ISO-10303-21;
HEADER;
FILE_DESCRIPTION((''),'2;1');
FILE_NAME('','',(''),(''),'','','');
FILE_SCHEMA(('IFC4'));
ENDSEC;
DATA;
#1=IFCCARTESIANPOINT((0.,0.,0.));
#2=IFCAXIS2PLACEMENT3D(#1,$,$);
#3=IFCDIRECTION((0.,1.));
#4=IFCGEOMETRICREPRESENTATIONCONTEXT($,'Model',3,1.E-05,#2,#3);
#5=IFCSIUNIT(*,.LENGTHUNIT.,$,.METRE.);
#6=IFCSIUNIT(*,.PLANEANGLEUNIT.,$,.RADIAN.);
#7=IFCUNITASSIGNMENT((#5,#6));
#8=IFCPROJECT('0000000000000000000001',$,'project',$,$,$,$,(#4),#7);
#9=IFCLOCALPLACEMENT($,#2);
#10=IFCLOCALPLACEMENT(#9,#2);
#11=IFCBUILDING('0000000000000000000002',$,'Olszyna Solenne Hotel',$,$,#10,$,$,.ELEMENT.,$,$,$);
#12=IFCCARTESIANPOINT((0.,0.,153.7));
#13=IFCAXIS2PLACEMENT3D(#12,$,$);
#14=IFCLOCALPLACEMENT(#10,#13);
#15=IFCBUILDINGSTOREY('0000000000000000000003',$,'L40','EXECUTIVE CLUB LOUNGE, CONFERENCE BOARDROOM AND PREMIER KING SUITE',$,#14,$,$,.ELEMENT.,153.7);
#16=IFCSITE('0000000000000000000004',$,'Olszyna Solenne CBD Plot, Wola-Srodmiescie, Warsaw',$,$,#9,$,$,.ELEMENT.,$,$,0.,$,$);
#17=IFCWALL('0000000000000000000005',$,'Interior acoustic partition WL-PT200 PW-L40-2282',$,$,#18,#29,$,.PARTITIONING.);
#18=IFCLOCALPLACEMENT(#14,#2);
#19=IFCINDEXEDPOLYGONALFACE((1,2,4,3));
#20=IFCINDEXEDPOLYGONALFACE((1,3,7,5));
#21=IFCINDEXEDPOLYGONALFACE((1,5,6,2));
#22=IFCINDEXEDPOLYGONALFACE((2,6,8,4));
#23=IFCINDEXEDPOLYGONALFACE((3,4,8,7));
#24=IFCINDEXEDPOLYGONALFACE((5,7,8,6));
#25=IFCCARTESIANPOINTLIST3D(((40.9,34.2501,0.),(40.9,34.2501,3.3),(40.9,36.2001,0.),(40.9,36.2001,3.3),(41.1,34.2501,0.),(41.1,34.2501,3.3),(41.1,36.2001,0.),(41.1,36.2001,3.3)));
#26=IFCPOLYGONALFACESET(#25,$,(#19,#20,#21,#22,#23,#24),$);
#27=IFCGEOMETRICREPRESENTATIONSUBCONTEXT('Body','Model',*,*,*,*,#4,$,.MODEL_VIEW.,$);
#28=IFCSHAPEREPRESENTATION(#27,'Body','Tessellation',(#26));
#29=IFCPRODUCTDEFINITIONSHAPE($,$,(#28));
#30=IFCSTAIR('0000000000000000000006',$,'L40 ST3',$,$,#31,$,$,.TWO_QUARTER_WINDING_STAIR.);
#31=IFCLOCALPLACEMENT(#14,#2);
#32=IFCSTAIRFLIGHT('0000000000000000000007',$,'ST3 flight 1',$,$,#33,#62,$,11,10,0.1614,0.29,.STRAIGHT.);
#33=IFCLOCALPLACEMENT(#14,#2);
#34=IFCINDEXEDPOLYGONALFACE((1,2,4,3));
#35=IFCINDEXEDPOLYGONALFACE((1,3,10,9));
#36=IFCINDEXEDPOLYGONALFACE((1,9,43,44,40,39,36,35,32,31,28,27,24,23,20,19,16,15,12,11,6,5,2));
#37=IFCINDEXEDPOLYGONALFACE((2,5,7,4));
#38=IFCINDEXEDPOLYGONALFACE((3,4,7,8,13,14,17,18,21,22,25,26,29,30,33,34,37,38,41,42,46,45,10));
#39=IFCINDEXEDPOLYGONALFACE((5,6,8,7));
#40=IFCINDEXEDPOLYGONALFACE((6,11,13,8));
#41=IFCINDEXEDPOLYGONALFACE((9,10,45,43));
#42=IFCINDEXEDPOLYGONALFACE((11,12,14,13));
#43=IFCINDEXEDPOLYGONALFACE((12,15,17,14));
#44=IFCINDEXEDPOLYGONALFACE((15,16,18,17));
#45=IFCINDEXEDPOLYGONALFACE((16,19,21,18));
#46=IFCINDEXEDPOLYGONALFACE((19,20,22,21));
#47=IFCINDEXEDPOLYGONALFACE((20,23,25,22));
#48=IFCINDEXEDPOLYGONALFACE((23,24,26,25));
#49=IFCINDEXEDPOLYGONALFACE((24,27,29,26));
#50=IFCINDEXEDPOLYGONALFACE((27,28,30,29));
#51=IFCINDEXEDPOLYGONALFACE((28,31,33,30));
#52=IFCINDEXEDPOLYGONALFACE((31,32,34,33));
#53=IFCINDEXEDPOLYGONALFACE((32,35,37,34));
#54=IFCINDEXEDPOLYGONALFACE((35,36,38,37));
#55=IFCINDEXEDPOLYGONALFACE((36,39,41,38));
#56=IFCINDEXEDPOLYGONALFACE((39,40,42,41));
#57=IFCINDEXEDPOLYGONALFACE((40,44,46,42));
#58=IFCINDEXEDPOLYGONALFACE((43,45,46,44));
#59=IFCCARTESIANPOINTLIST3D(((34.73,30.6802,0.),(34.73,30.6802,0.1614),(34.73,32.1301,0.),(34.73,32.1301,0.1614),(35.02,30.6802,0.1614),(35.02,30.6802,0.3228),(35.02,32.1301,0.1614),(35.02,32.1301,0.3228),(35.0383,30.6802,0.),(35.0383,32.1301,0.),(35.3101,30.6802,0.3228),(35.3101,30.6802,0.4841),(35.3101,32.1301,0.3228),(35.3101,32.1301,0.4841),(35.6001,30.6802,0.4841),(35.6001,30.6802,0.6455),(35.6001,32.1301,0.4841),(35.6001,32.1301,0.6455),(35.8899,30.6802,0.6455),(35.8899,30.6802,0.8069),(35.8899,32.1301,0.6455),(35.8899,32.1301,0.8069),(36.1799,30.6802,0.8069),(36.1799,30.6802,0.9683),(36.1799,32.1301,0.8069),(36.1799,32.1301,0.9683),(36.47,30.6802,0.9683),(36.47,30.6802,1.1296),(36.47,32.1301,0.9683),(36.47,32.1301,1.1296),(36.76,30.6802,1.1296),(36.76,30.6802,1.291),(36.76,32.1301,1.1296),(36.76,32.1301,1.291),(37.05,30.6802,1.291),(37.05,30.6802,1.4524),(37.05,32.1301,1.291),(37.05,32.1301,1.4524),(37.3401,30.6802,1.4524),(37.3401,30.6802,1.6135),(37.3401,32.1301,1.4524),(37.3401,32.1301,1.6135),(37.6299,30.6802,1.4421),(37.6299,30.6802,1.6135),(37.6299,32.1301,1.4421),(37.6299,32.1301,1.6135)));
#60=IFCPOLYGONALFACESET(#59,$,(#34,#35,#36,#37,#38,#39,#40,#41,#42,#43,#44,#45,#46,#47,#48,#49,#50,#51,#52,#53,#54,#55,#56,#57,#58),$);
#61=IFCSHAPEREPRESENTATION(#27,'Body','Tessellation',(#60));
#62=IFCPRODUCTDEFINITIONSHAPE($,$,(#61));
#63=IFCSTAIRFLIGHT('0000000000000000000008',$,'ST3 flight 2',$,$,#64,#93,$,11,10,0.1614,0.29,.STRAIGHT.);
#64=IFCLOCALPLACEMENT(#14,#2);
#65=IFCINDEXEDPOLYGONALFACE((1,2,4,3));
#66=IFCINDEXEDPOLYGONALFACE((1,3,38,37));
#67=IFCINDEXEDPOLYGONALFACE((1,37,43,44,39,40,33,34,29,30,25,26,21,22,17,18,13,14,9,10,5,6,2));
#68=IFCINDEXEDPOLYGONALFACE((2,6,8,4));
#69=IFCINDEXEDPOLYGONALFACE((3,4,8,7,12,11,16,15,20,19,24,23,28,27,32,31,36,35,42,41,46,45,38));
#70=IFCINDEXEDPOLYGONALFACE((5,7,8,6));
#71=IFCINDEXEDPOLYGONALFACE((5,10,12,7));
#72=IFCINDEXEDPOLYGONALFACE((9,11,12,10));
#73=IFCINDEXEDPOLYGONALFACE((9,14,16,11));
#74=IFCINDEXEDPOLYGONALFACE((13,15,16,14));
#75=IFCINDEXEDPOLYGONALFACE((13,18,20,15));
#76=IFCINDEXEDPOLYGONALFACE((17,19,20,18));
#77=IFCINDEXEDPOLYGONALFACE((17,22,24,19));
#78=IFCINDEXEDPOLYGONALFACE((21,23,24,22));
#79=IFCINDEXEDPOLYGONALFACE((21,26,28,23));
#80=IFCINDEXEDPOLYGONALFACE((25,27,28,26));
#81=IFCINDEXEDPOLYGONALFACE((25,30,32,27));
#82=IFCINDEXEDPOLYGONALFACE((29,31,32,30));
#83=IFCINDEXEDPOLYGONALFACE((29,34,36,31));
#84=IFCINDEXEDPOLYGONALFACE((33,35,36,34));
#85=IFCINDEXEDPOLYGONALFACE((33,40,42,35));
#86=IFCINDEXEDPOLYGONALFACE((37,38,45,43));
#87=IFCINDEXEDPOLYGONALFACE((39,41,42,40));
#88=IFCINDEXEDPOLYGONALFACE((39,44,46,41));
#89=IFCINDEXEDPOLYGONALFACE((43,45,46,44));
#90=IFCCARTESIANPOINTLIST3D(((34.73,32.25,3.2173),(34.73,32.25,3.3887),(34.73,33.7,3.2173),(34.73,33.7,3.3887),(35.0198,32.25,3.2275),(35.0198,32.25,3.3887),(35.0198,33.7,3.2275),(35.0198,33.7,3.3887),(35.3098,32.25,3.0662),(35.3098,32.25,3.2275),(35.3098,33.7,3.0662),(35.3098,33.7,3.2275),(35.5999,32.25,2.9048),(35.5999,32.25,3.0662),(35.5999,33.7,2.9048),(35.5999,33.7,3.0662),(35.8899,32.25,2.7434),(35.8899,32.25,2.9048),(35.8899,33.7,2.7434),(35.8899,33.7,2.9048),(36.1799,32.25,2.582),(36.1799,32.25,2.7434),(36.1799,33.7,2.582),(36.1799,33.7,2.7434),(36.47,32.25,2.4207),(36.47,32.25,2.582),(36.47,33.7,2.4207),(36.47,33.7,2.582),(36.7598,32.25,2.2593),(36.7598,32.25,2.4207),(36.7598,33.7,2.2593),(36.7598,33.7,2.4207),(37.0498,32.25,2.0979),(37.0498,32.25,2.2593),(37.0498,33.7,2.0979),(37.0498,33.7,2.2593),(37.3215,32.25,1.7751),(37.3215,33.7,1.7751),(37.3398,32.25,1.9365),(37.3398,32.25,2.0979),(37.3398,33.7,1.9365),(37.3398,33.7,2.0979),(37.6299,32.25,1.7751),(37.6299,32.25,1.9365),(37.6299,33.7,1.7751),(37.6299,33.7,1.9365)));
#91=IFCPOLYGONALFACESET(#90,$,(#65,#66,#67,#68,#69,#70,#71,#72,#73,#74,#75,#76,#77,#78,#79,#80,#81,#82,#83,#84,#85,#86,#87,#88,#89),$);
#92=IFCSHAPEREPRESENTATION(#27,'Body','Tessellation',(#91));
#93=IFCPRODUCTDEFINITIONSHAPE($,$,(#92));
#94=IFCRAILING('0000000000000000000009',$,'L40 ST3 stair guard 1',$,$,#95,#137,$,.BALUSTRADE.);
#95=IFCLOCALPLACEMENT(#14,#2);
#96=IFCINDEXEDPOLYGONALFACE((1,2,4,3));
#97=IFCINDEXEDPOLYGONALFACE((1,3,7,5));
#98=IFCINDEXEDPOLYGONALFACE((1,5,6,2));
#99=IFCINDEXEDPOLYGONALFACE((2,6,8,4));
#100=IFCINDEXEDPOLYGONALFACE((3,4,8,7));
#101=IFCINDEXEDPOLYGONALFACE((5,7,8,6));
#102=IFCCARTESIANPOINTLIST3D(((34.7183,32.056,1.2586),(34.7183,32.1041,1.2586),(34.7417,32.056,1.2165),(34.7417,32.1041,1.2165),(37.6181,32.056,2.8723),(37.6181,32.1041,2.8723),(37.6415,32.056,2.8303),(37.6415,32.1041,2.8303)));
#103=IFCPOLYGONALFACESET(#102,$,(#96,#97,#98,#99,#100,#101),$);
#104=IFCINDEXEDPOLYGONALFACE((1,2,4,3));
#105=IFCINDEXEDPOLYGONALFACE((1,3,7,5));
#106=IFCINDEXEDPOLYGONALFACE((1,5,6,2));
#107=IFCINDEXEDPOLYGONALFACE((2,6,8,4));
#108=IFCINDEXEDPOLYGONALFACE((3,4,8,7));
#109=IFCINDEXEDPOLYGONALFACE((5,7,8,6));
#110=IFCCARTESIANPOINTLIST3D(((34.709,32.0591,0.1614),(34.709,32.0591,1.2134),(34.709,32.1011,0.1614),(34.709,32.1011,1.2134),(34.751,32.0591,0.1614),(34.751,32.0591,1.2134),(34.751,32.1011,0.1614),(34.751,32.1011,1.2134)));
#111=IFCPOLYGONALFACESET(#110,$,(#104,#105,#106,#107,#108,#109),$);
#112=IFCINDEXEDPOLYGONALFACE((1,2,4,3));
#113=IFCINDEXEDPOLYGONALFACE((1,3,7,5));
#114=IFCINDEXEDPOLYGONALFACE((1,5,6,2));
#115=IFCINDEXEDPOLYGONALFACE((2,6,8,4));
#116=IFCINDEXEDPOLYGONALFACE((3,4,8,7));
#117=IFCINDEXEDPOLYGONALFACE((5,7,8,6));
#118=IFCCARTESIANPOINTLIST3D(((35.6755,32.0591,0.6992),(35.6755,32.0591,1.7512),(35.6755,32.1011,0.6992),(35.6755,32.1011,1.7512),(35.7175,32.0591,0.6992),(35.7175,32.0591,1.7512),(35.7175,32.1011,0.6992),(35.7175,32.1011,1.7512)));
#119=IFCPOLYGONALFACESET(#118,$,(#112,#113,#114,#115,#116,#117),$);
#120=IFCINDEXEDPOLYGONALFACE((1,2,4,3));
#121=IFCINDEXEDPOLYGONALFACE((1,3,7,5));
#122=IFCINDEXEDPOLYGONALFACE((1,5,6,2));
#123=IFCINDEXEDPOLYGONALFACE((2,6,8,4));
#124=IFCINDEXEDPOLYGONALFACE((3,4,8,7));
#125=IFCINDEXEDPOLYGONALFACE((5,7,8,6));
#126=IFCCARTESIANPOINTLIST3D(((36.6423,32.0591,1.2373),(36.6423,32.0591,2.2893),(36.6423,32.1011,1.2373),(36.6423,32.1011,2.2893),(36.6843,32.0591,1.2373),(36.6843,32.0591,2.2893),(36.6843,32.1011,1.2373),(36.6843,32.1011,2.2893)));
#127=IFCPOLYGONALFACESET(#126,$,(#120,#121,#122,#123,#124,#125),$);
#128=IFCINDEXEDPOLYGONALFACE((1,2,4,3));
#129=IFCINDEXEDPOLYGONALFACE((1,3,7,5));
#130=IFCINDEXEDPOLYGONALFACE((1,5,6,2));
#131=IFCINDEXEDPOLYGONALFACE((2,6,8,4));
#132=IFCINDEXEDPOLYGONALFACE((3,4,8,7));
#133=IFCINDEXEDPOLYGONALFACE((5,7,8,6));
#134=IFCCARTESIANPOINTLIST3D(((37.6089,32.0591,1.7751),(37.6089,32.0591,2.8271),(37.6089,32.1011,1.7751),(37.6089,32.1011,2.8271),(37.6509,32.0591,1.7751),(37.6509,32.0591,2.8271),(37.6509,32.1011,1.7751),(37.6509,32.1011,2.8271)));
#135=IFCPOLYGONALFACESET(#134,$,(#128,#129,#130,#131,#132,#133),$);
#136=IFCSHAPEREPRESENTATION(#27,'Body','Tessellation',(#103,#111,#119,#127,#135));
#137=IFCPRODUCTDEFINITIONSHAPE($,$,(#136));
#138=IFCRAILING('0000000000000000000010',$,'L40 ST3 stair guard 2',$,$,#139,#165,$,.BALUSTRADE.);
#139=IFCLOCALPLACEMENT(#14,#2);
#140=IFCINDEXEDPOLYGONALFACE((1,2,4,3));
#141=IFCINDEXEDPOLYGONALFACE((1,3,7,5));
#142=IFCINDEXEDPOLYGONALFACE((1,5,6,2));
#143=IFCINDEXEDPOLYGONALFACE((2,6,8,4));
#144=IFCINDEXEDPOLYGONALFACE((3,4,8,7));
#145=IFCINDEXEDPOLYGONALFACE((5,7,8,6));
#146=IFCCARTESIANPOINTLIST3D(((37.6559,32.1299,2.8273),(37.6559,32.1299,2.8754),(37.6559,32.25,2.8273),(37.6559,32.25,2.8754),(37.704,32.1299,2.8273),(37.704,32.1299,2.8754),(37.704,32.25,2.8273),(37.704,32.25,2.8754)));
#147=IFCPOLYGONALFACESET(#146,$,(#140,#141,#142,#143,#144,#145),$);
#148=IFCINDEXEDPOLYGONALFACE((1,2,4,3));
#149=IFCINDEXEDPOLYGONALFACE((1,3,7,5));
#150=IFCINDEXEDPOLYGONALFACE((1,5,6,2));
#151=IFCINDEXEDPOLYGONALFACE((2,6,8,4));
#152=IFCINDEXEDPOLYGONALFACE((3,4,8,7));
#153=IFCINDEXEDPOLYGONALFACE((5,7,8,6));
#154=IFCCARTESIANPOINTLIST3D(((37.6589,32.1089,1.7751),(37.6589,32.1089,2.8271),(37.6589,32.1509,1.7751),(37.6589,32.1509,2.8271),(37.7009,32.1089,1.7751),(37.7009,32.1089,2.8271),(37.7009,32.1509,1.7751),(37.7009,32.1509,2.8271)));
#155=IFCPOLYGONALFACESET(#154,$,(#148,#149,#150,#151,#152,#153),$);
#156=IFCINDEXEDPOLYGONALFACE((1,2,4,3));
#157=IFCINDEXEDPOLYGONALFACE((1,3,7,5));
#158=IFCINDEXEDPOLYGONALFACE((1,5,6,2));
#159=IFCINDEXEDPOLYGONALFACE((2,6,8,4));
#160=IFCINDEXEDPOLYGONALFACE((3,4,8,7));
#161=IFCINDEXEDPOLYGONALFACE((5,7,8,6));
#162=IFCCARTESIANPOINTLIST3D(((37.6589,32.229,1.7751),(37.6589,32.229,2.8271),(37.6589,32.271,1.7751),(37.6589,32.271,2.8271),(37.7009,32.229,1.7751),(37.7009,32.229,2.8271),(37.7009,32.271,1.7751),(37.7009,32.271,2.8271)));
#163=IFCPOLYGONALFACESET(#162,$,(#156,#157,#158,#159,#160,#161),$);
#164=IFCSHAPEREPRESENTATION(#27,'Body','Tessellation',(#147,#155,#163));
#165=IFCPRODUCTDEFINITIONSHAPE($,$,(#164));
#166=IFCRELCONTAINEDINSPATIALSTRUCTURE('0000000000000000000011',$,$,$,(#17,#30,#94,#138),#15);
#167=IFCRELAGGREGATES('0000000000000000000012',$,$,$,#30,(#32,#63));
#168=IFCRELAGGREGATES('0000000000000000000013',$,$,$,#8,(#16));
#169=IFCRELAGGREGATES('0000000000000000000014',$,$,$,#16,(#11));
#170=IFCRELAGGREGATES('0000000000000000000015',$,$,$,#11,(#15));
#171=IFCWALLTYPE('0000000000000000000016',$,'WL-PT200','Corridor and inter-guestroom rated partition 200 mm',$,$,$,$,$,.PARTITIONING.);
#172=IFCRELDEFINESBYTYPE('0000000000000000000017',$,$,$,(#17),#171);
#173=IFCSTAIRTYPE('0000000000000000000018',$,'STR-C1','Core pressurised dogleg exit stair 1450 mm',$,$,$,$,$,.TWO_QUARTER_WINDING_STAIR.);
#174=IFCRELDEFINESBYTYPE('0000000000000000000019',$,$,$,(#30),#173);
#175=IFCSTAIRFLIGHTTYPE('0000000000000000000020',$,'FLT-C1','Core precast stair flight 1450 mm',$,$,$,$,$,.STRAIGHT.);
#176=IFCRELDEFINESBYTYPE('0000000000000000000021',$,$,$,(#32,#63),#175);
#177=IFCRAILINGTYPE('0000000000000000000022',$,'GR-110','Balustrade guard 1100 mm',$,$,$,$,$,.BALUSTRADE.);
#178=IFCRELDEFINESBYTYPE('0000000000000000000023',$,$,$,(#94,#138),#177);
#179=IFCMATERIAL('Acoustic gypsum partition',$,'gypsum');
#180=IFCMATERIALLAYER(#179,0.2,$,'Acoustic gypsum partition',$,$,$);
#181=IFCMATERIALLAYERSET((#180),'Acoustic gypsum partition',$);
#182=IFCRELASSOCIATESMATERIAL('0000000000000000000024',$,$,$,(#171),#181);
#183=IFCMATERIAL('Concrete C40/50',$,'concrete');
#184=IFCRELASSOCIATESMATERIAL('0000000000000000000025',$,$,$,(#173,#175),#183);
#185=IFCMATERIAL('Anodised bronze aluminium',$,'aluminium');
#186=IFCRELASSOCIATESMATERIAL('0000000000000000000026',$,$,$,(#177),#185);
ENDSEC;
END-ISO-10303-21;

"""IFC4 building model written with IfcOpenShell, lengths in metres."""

from ifc_helpers import new_model, si_unit, direction, frame, frame_2d, origin, origin_2d, place, context, subcontext, project, spatial, polyline, rectangle, outline, extrude, material, layer, layer_set, type_object, element, aggregate, save


model = new_model("IFC4")

# Units and contexts
model_context = context("Model", 3, precision=1e-05, world=origin(), true_north=direction((0.0, 1.0)))
body_context = subcontext(model_context, "Body", "Model", "MODEL_VIEW")
ifc_project = project(units=[si_unit("LENGTHUNIT", "METRE"), si_unit("PLANEANGLEUNIT", "RADIAN")], contexts=[model_context])

# Site, building, storey
site_placement = place(None, origin())
site = spatial("IfcSite", under=ifc_project, at=site_placement, Name="Olszyna Solenne CBD Plot, Wola-Srodmiescie, Warsaw", CompositionType="ELEMENT", RefElevation=0.0)
building_placement = place(site_placement, origin())
building = spatial("IfcBuilding", under=site, at=building_placement, Name="Olszyna Solenne Hotel", CompositionType="ELEMENT")
storey_placement = place(building_placement, frame((0.0, 0.0, 153.7)))
storey = spatial("IfcBuildingStorey", under=building, at=storey_placement, Name="L40", Description="EXECUTIVE CLUB LOUNGE, CONFERENCE BOARDROOM AND PREMIER KING SUITE", CompositionType="ELEMENT", Elevation=153.7)

# Shared definitions
ifc_material_1 = material(Name="Anodised bronze aluminium", Category="aluminium")

# Shared definitions
ifc_material_2 = material(Name="Acoustic gypsum partition", Category="gypsum")

# Wall
ifc_layer_1 = layer(ifc_material_2, 0.2, Name="Acoustic gypsum partition")
ifc_layer_set_1 = layer_set([ifc_layer_1], Name="Acoustic gypsum partition")
wall_type_1 = type_object("IfcWallType", Name="WL-PT200", Description="Corridor and inter-guestroom rated partition 200 mm", PredefinedType="PARTITIONING", material=ifc_layer_set_1)
wall_1_placement = place(storey_placement, frame((41.0, 34.25, 0.0), z_axis=(0.0, 0.0, 1.0), x_axis=(0.0, 1.0, 0.0)))
element("IfcWall", 1, at=wall_1_placement, inside=storey, type_object=wall_type_1, Name="Interior acoustic partition WL-PT200 PW-L40-2282", PredefinedType="PARTITIONING", context=body_context, shape_type="SweptSolid", body=[
    extrude(rectangle(XDim=1.95, YDim=0.2, at=frame_2d((0.9751, 0.0))), origin(), (0.0, 0.0, 1.0), 3.3),
])

# Stair, stair flights
ifc_material_3 = material(Name="Concrete C40/50", Category="concrete")
stair_type = type_object("IfcStairType", Name="STR-C1", Description="Core pressurised dogleg exit stair 1450 mm", PredefinedType="TWO_QUARTER_WINDING_STAIR", material=ifc_material_3)
stair_placement = place(storey_placement, origin())
stair = element("IfcStair", 2, at=stair_placement, inside=storey, type_object=stair_type, Name="L40 ST3", PredefinedType="TWO_QUARTER_WINDING_STAIR")
stair_flight_type = type_object("IfcStairFlightType", Name="FLT-C1", Description="Core precast stair flight 1450 mm", PredefinedType="STRAIGHT", material=ifc_material_3)
stair_flight_1_placement = place(storey_placement, frame((34.73, 31.405, 0.0), z_axis=(0.0, 0.0, 1.0), x_axis=(1.0, 0.0, 0.0)))
stair_flight_1 = element("IfcStairFlight", 3, at=stair_flight_1_placement, type_object=stair_flight_type, Name="ST3 flight 1", NumberOfRisers=11, NumberOfTreads=10, PredefinedType="STRAIGHT", RiserHeight=0.1614, TreadLength=0.29, context=body_context, shape_type="SweptSolid", body=[
    extrude(outline(polyline([(0.0, 0.0), (0.0, 0.1614), (0.29, 0.1614), (0.29, 0.3228), (0.5801, 0.3228), (0.5801, 0.4841), (0.8701, 0.4841), (0.8701, 0.6455), (1.1599, 0.6455), (1.1599, 0.8069), (1.45, 0.8069), (1.45, 0.9683), (1.74, 0.9683), (1.74, 1.1296), (2.03, 1.1296), (2.03, 1.291), (2.3201, 1.291), (2.3201, 1.4524), (2.6101, 1.4524), (2.6101, 1.6135), (2.8999, 1.6135), (2.8999, 1.7749), (2.8999, 1.4421), (0.3083, 0.0), (0.0, 0.0)])), frame((0.0, 0.7251, 0.0), z_axis=(0.0, -1.0, 0.0), x_axis=(1.0, 0.0, 0.0)), (0.0, 0.0, 1.0), 1.45),
])
stair_flight_2_placement = place(storey_placement, frame((37.6299, 32.9751, 1.7751), z_axis=(0.0, 0.0, 1.0), x_axis=(-1.0, 0.0, 0.0)))
stair_flight_2 = element("IfcStairFlight", 4, at=stair_flight_2_placement, type_object=stair_flight_type, Name="ST3 flight 2", NumberOfRisers=11, NumberOfTreads=10, PredefinedType="STRAIGHT", RiserHeight=0.1614, TreadLength=0.29, context=body_context, shape_type="SweptSolid", body=[
    extrude(outline(polyline([(0.0, 0.0), (0.0, 0.1614), (0.29, 0.1614), (0.29, 0.3228), (0.5801, 0.3228), (0.5801, 0.4841), (0.8701, 0.4841), (0.8701, 0.6455), (1.1599, 0.6455), (1.1599, 0.8069), (1.45, 0.8069), (1.45, 0.9683), (1.74, 0.9683), (1.74, 1.1296), (2.03, 1.1296), (2.03, 1.291), (2.3201, 1.291), (2.3201, 1.4524), (2.6101, 1.4524), (2.6101, 1.6135), (2.8999, 1.6135), (2.8999, 1.7749), (2.8999, 1.4421), (0.3083, 0.0), (0.0, 0.0)])), frame((0.0, 0.7251, 0.0), z_axis=(0.0, -1.0, 0.0), x_axis=(1.0, 0.0, 0.0)), (0.0, 0.0, 1.0), 1.45),
])
aggregate(stair, [stair_flight_1, stair_flight_2])

# Railings
railing_type_1 = type_object("IfcRailingType", Name="GR-110", Description="Balustrade guard 1100 mm", PredefinedType="BALUSTRADE", material=ifc_material_1)
railing_1_placement = place(storey_placement, frame((34.73, 32.0801, 0.1614)))
element("IfcRailing", 5, at=railing_1_placement, inside=storey, type_object=railing_type_1, Name="L40 ST3 stair guard 1", PredefinedType="BALUSTRADE", context=body_context, shape_type="SweptSolid", body=[
    extrude(rectangle(XDim=0.0481, YDim=0.0481, at=origin_2d()), frame((0.0, 0.0, 1.0762), z_axis=(0.87381, 0.0, 0.486267), x_axis=(0.0, 1.0, 0.0)), (0.0, 0.0, 1.0), 3.3186),
    extrude(rectangle(XDim=0.042, YDim=0.042, at=origin_2d()), origin(), (0.0, 0.0, 1.0), 1.052),
    extrude(rectangle(XDim=0.042, YDim=0.042, at=origin_2d()), frame((0.9666, 0.0, 0.5378)), (0.0, 0.0, 1.0), 1.052),
    extrude(rectangle(XDim=0.042, YDim=0.042, at=origin_2d()), frame((1.9333, 0.0, 1.0759)), (0.0, 0.0, 1.0), 1.052),
    extrude(rectangle(XDim=0.042, YDim=0.042, at=origin_2d()), frame((2.8999, 0.0, 1.6138)), (0.0, 0.0, 1.0), 1.052),
])
railing_2_placement = place(storey_placement, frame((37.6799, 32.1299, 1.7751)))
element("IfcRailing", 6, at=railing_2_placement, inside=storey, type_object=railing_type_1, Name="L40 ST3 stair guard 2", PredefinedType="BALUSTRADE", context=body_context, shape_type="SweptSolid", body=[
    extrude(rectangle(XDim=0.0481, YDim=0.0481, at=origin_2d()), frame((0.0, 0.0, 1.0762), z_axis=(0.0, 1.0, 0.0), x_axis=(-1.0, 0.0, 0.0)), (0.0, 0.0, 1.0), 0.1201),
    extrude(rectangle(XDim=0.042, YDim=0.042, at=origin_2d()), origin(), (0.0, 0.0, 1.0), 1.052),
    extrude(rectangle(XDim=0.042, YDim=0.042, at=origin_2d()), frame((0.0, 0.1201, 0.0)), (0.0, 0.0, 1.0), 1.052),
])

save(model, "model.ifc")
